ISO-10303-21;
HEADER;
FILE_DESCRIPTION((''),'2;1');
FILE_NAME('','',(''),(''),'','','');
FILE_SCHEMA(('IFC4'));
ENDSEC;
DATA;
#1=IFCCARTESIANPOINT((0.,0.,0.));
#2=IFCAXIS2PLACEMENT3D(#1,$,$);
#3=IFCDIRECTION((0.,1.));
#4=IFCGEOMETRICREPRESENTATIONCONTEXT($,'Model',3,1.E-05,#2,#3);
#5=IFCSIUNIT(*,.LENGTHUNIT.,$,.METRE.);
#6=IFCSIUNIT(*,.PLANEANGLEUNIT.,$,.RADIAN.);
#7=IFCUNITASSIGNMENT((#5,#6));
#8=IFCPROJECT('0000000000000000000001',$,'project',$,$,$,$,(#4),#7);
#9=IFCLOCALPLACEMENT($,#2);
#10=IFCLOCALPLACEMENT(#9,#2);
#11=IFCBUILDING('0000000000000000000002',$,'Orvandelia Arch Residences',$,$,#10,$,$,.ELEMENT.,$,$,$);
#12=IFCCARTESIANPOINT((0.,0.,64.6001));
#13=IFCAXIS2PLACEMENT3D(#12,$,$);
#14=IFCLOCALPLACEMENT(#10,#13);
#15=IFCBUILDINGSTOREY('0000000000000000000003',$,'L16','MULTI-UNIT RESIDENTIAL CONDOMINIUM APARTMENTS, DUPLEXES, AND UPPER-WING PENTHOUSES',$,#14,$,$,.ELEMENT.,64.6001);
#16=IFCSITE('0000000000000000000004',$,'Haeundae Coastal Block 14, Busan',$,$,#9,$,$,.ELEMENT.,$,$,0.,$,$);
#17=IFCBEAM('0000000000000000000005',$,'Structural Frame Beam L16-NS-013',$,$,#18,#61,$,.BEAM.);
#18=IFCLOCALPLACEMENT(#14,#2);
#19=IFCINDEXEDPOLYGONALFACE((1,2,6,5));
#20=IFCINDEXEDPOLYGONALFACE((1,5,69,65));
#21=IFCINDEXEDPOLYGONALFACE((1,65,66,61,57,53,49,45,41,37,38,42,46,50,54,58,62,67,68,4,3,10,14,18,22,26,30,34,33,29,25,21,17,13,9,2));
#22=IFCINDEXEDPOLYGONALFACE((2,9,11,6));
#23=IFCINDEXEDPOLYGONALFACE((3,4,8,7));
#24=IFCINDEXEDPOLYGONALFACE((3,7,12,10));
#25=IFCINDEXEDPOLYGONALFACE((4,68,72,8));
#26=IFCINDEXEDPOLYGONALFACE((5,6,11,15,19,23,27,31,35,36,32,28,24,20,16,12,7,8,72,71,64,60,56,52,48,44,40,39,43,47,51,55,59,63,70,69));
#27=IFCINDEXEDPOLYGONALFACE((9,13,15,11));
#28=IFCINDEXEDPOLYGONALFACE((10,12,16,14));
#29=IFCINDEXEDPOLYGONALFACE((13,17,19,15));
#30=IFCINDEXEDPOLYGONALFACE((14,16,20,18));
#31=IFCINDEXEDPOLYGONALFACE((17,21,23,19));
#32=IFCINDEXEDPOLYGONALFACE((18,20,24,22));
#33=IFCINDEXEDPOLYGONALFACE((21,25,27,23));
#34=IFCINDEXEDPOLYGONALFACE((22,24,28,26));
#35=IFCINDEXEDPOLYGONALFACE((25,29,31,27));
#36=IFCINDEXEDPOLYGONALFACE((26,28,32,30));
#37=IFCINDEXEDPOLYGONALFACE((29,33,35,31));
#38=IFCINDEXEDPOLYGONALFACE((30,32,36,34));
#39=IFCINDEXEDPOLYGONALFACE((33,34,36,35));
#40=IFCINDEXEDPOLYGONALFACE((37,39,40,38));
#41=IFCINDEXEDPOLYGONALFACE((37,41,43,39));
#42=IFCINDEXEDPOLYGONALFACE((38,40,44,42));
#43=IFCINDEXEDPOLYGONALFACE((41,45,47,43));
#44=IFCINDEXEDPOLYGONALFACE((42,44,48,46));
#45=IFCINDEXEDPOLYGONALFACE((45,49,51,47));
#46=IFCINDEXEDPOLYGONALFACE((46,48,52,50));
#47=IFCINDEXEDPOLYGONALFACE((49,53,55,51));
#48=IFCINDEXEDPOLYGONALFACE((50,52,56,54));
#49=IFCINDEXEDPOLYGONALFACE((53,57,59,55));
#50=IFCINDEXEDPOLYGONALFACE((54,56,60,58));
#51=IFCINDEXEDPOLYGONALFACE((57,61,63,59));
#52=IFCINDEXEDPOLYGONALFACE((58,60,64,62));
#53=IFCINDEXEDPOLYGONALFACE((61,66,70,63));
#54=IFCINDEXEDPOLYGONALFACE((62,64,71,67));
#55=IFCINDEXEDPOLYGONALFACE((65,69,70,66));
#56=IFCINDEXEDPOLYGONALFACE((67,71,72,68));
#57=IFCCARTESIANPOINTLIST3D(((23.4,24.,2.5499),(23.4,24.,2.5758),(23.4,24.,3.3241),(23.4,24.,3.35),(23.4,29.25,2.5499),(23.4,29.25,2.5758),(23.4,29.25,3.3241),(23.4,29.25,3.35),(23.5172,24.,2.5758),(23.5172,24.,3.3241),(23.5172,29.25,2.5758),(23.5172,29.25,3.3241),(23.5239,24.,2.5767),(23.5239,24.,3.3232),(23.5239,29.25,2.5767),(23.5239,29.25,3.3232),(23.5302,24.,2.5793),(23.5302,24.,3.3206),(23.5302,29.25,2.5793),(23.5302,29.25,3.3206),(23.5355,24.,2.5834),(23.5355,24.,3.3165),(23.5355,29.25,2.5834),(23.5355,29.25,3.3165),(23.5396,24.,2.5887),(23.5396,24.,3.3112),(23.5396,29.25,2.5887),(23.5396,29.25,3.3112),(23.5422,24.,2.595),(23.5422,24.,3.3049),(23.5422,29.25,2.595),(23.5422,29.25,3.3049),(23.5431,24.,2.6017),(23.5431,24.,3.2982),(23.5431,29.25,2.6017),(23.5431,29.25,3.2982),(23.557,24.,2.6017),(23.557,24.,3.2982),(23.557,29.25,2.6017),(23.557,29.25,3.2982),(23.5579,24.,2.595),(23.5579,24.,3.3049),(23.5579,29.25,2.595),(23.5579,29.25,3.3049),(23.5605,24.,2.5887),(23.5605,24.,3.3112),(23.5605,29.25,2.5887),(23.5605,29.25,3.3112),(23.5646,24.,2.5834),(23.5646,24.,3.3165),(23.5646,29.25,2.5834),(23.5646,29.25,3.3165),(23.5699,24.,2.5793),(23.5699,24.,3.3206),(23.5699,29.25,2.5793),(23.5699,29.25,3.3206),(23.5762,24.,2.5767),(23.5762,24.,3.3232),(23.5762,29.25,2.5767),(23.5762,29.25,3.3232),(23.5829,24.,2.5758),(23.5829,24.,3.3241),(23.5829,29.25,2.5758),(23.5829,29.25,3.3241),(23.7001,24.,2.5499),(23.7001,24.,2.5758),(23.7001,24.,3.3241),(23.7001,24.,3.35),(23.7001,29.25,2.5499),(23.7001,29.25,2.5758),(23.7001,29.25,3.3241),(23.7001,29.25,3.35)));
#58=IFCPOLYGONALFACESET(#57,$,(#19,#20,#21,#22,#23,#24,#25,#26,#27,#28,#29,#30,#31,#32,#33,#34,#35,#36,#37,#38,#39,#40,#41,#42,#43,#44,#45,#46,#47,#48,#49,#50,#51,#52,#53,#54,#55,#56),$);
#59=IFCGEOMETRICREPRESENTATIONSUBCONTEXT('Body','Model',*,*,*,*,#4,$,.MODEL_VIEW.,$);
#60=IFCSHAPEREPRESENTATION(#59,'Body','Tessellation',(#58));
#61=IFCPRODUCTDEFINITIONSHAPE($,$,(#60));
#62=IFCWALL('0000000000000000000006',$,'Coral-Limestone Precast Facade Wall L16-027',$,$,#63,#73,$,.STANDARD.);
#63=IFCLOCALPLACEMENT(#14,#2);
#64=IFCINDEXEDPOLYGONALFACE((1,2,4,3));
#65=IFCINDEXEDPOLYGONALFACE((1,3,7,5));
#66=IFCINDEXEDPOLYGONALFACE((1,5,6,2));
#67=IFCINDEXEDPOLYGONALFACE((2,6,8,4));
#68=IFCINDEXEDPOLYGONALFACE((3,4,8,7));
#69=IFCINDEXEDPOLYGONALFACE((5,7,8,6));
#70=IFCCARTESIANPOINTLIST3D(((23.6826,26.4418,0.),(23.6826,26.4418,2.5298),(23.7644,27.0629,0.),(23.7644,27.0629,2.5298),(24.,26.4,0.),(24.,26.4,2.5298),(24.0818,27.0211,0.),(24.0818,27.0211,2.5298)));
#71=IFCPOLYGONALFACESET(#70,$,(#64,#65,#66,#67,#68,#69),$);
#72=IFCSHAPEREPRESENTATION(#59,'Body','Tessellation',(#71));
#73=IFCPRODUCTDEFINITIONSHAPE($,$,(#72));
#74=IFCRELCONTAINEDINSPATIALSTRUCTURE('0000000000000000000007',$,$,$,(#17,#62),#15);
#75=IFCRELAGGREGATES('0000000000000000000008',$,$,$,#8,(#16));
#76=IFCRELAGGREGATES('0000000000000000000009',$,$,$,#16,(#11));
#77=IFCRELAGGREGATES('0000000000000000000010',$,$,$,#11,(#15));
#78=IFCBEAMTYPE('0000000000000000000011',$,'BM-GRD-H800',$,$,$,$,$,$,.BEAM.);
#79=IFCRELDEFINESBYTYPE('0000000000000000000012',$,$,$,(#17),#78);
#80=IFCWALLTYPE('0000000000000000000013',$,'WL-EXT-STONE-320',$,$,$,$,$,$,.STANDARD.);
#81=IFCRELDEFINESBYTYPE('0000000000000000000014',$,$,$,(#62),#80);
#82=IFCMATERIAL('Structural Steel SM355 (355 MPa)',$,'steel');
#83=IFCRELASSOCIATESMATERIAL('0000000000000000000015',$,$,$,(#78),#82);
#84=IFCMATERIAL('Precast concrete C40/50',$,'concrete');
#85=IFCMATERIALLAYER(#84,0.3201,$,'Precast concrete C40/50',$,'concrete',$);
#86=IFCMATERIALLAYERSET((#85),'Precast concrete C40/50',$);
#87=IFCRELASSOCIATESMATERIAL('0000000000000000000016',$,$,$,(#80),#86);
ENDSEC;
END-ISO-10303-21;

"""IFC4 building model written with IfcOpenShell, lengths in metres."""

from ifc_helpers import new_model, si_unit, direction, frame, frame_2d, origin, origin_2d, place, context, subcontext, project, spatial, rectangle, i_section, extrude, material, layer, layer_set, material_profile, profile_set, type_object, element, save


model = new_model("IFC4")

# Units and contexts
model_context = context("Model", 3, precision=1e-05, world=origin(), true_north=direction((0.0, 1.0)))
body_context = subcontext(model_context, "Body", "Model", "MODEL_VIEW")
ifc_project = project(units=[si_unit("LENGTHUNIT", "METRE"), si_unit("PLANEANGLEUNIT", "RADIAN")], contexts=[model_context])

# Site, building, storey
site_placement = place(None, origin())
site = spatial("IfcSite", under=ifc_project, at=site_placement, Name="Haeundae Coastal Block 14, Busan", CompositionType="ELEMENT", RefElevation=0.0)
building_placement = place(site_placement, origin())
building = spatial("IfcBuilding", under=site, at=building_placement, Name="Orvandelia Arch Residences", CompositionType="ELEMENT")
storey_placement = place(building_placement, frame((0.0, 0.0, 64.6001)))
storey = spatial("IfcBuildingStorey", under=building, at=storey_placement, Name="L16", Description="MULTI-UNIT RESIDENTIAL CONDOMINIUM APARTMENTS, DUPLEXES, AND UPPER-WING PENTHOUSES", CompositionType="ELEMENT", Elevation=64.6001)

# Beam
ifc_material_1 = material(Name="Structural Steel SM355 (355 MPa)", Category="steel")
ifc_material_profile_1 = material_profile(ifc_material_1, i_section(OverallWidth=0.3, OverallDepth=0.8, WebThickness=0.0139, FlangeThickness=0.0259, FilletRadius=0.0259, at=origin_2d()), Name="Structural Steel SM355 (355 MPa)", Category="steel")
ifc_profile_set_1 = profile_set([ifc_material_profile_1], Name="Structural Steel SM355 (355 MPa)")
beam_type = type_object("IfcBeamType", Name="BM-GRD-H800", PredefinedType="BEAM", material=ifc_profile_set_1)
beam_1_placement = place(storey_placement, frame((23.55, 24.0, 2.95), z_axis=(0.0, 1.0, 0.0), x_axis=(-1.0, 0.0, 0.0)))
element("IfcBeam", 1, at=beam_1_placement, inside=storey, type_object=beam_type, Name="Structural Frame Beam L16-NS-013", PredefinedType="BEAM", context=body_context, shape_type="SweptSolid", body=[
    extrude(i_section(OverallWidth=0.3, OverallDepth=0.8, WebThickness=0.0139, FlangeThickness=0.0259, FilletRadius=0.0259, at=origin_2d()), origin(), (0.0, 0.0, 1.0), 5.25),
])

# Wall
ifc_material_2 = material(Name="Precast concrete C40/50", Category="concrete")
ifc_layer = layer(ifc_material_2, 0.3201, Name="Precast concrete C40/50", Category="concrete")
ifc_layer_set = layer_set([ifc_layer], Name="Precast concrete C40/50")
wall_type = type_object("IfcWallType", Name="WL-EXT-STONE-320", PredefinedType="STANDARD", material=ifc_layer_set)
wall_1_placement = place(storey_placement, frame((23.9231, 27.042, 0.0), z_axis=(0.0, 0.0, 1.0), x_axis=(-0.130555, -0.991441, 0.0)))
element("IfcWall", 2, at=wall_1_placement, inside=storey, type_object=wall_type, Name="Coral-Limestone Precast Facade Wall L16-027", PredefinedType="STANDARD", context=body_context, shape_type="SweptSolid", body=[
    extrude(rectangle(XDim=0.6265, YDim=0.3201, at=frame_2d((0.3132, 0.0))), origin(), (0.0, 0.0, 1.0), 2.5298),
])

save(model, "model.ifc")
